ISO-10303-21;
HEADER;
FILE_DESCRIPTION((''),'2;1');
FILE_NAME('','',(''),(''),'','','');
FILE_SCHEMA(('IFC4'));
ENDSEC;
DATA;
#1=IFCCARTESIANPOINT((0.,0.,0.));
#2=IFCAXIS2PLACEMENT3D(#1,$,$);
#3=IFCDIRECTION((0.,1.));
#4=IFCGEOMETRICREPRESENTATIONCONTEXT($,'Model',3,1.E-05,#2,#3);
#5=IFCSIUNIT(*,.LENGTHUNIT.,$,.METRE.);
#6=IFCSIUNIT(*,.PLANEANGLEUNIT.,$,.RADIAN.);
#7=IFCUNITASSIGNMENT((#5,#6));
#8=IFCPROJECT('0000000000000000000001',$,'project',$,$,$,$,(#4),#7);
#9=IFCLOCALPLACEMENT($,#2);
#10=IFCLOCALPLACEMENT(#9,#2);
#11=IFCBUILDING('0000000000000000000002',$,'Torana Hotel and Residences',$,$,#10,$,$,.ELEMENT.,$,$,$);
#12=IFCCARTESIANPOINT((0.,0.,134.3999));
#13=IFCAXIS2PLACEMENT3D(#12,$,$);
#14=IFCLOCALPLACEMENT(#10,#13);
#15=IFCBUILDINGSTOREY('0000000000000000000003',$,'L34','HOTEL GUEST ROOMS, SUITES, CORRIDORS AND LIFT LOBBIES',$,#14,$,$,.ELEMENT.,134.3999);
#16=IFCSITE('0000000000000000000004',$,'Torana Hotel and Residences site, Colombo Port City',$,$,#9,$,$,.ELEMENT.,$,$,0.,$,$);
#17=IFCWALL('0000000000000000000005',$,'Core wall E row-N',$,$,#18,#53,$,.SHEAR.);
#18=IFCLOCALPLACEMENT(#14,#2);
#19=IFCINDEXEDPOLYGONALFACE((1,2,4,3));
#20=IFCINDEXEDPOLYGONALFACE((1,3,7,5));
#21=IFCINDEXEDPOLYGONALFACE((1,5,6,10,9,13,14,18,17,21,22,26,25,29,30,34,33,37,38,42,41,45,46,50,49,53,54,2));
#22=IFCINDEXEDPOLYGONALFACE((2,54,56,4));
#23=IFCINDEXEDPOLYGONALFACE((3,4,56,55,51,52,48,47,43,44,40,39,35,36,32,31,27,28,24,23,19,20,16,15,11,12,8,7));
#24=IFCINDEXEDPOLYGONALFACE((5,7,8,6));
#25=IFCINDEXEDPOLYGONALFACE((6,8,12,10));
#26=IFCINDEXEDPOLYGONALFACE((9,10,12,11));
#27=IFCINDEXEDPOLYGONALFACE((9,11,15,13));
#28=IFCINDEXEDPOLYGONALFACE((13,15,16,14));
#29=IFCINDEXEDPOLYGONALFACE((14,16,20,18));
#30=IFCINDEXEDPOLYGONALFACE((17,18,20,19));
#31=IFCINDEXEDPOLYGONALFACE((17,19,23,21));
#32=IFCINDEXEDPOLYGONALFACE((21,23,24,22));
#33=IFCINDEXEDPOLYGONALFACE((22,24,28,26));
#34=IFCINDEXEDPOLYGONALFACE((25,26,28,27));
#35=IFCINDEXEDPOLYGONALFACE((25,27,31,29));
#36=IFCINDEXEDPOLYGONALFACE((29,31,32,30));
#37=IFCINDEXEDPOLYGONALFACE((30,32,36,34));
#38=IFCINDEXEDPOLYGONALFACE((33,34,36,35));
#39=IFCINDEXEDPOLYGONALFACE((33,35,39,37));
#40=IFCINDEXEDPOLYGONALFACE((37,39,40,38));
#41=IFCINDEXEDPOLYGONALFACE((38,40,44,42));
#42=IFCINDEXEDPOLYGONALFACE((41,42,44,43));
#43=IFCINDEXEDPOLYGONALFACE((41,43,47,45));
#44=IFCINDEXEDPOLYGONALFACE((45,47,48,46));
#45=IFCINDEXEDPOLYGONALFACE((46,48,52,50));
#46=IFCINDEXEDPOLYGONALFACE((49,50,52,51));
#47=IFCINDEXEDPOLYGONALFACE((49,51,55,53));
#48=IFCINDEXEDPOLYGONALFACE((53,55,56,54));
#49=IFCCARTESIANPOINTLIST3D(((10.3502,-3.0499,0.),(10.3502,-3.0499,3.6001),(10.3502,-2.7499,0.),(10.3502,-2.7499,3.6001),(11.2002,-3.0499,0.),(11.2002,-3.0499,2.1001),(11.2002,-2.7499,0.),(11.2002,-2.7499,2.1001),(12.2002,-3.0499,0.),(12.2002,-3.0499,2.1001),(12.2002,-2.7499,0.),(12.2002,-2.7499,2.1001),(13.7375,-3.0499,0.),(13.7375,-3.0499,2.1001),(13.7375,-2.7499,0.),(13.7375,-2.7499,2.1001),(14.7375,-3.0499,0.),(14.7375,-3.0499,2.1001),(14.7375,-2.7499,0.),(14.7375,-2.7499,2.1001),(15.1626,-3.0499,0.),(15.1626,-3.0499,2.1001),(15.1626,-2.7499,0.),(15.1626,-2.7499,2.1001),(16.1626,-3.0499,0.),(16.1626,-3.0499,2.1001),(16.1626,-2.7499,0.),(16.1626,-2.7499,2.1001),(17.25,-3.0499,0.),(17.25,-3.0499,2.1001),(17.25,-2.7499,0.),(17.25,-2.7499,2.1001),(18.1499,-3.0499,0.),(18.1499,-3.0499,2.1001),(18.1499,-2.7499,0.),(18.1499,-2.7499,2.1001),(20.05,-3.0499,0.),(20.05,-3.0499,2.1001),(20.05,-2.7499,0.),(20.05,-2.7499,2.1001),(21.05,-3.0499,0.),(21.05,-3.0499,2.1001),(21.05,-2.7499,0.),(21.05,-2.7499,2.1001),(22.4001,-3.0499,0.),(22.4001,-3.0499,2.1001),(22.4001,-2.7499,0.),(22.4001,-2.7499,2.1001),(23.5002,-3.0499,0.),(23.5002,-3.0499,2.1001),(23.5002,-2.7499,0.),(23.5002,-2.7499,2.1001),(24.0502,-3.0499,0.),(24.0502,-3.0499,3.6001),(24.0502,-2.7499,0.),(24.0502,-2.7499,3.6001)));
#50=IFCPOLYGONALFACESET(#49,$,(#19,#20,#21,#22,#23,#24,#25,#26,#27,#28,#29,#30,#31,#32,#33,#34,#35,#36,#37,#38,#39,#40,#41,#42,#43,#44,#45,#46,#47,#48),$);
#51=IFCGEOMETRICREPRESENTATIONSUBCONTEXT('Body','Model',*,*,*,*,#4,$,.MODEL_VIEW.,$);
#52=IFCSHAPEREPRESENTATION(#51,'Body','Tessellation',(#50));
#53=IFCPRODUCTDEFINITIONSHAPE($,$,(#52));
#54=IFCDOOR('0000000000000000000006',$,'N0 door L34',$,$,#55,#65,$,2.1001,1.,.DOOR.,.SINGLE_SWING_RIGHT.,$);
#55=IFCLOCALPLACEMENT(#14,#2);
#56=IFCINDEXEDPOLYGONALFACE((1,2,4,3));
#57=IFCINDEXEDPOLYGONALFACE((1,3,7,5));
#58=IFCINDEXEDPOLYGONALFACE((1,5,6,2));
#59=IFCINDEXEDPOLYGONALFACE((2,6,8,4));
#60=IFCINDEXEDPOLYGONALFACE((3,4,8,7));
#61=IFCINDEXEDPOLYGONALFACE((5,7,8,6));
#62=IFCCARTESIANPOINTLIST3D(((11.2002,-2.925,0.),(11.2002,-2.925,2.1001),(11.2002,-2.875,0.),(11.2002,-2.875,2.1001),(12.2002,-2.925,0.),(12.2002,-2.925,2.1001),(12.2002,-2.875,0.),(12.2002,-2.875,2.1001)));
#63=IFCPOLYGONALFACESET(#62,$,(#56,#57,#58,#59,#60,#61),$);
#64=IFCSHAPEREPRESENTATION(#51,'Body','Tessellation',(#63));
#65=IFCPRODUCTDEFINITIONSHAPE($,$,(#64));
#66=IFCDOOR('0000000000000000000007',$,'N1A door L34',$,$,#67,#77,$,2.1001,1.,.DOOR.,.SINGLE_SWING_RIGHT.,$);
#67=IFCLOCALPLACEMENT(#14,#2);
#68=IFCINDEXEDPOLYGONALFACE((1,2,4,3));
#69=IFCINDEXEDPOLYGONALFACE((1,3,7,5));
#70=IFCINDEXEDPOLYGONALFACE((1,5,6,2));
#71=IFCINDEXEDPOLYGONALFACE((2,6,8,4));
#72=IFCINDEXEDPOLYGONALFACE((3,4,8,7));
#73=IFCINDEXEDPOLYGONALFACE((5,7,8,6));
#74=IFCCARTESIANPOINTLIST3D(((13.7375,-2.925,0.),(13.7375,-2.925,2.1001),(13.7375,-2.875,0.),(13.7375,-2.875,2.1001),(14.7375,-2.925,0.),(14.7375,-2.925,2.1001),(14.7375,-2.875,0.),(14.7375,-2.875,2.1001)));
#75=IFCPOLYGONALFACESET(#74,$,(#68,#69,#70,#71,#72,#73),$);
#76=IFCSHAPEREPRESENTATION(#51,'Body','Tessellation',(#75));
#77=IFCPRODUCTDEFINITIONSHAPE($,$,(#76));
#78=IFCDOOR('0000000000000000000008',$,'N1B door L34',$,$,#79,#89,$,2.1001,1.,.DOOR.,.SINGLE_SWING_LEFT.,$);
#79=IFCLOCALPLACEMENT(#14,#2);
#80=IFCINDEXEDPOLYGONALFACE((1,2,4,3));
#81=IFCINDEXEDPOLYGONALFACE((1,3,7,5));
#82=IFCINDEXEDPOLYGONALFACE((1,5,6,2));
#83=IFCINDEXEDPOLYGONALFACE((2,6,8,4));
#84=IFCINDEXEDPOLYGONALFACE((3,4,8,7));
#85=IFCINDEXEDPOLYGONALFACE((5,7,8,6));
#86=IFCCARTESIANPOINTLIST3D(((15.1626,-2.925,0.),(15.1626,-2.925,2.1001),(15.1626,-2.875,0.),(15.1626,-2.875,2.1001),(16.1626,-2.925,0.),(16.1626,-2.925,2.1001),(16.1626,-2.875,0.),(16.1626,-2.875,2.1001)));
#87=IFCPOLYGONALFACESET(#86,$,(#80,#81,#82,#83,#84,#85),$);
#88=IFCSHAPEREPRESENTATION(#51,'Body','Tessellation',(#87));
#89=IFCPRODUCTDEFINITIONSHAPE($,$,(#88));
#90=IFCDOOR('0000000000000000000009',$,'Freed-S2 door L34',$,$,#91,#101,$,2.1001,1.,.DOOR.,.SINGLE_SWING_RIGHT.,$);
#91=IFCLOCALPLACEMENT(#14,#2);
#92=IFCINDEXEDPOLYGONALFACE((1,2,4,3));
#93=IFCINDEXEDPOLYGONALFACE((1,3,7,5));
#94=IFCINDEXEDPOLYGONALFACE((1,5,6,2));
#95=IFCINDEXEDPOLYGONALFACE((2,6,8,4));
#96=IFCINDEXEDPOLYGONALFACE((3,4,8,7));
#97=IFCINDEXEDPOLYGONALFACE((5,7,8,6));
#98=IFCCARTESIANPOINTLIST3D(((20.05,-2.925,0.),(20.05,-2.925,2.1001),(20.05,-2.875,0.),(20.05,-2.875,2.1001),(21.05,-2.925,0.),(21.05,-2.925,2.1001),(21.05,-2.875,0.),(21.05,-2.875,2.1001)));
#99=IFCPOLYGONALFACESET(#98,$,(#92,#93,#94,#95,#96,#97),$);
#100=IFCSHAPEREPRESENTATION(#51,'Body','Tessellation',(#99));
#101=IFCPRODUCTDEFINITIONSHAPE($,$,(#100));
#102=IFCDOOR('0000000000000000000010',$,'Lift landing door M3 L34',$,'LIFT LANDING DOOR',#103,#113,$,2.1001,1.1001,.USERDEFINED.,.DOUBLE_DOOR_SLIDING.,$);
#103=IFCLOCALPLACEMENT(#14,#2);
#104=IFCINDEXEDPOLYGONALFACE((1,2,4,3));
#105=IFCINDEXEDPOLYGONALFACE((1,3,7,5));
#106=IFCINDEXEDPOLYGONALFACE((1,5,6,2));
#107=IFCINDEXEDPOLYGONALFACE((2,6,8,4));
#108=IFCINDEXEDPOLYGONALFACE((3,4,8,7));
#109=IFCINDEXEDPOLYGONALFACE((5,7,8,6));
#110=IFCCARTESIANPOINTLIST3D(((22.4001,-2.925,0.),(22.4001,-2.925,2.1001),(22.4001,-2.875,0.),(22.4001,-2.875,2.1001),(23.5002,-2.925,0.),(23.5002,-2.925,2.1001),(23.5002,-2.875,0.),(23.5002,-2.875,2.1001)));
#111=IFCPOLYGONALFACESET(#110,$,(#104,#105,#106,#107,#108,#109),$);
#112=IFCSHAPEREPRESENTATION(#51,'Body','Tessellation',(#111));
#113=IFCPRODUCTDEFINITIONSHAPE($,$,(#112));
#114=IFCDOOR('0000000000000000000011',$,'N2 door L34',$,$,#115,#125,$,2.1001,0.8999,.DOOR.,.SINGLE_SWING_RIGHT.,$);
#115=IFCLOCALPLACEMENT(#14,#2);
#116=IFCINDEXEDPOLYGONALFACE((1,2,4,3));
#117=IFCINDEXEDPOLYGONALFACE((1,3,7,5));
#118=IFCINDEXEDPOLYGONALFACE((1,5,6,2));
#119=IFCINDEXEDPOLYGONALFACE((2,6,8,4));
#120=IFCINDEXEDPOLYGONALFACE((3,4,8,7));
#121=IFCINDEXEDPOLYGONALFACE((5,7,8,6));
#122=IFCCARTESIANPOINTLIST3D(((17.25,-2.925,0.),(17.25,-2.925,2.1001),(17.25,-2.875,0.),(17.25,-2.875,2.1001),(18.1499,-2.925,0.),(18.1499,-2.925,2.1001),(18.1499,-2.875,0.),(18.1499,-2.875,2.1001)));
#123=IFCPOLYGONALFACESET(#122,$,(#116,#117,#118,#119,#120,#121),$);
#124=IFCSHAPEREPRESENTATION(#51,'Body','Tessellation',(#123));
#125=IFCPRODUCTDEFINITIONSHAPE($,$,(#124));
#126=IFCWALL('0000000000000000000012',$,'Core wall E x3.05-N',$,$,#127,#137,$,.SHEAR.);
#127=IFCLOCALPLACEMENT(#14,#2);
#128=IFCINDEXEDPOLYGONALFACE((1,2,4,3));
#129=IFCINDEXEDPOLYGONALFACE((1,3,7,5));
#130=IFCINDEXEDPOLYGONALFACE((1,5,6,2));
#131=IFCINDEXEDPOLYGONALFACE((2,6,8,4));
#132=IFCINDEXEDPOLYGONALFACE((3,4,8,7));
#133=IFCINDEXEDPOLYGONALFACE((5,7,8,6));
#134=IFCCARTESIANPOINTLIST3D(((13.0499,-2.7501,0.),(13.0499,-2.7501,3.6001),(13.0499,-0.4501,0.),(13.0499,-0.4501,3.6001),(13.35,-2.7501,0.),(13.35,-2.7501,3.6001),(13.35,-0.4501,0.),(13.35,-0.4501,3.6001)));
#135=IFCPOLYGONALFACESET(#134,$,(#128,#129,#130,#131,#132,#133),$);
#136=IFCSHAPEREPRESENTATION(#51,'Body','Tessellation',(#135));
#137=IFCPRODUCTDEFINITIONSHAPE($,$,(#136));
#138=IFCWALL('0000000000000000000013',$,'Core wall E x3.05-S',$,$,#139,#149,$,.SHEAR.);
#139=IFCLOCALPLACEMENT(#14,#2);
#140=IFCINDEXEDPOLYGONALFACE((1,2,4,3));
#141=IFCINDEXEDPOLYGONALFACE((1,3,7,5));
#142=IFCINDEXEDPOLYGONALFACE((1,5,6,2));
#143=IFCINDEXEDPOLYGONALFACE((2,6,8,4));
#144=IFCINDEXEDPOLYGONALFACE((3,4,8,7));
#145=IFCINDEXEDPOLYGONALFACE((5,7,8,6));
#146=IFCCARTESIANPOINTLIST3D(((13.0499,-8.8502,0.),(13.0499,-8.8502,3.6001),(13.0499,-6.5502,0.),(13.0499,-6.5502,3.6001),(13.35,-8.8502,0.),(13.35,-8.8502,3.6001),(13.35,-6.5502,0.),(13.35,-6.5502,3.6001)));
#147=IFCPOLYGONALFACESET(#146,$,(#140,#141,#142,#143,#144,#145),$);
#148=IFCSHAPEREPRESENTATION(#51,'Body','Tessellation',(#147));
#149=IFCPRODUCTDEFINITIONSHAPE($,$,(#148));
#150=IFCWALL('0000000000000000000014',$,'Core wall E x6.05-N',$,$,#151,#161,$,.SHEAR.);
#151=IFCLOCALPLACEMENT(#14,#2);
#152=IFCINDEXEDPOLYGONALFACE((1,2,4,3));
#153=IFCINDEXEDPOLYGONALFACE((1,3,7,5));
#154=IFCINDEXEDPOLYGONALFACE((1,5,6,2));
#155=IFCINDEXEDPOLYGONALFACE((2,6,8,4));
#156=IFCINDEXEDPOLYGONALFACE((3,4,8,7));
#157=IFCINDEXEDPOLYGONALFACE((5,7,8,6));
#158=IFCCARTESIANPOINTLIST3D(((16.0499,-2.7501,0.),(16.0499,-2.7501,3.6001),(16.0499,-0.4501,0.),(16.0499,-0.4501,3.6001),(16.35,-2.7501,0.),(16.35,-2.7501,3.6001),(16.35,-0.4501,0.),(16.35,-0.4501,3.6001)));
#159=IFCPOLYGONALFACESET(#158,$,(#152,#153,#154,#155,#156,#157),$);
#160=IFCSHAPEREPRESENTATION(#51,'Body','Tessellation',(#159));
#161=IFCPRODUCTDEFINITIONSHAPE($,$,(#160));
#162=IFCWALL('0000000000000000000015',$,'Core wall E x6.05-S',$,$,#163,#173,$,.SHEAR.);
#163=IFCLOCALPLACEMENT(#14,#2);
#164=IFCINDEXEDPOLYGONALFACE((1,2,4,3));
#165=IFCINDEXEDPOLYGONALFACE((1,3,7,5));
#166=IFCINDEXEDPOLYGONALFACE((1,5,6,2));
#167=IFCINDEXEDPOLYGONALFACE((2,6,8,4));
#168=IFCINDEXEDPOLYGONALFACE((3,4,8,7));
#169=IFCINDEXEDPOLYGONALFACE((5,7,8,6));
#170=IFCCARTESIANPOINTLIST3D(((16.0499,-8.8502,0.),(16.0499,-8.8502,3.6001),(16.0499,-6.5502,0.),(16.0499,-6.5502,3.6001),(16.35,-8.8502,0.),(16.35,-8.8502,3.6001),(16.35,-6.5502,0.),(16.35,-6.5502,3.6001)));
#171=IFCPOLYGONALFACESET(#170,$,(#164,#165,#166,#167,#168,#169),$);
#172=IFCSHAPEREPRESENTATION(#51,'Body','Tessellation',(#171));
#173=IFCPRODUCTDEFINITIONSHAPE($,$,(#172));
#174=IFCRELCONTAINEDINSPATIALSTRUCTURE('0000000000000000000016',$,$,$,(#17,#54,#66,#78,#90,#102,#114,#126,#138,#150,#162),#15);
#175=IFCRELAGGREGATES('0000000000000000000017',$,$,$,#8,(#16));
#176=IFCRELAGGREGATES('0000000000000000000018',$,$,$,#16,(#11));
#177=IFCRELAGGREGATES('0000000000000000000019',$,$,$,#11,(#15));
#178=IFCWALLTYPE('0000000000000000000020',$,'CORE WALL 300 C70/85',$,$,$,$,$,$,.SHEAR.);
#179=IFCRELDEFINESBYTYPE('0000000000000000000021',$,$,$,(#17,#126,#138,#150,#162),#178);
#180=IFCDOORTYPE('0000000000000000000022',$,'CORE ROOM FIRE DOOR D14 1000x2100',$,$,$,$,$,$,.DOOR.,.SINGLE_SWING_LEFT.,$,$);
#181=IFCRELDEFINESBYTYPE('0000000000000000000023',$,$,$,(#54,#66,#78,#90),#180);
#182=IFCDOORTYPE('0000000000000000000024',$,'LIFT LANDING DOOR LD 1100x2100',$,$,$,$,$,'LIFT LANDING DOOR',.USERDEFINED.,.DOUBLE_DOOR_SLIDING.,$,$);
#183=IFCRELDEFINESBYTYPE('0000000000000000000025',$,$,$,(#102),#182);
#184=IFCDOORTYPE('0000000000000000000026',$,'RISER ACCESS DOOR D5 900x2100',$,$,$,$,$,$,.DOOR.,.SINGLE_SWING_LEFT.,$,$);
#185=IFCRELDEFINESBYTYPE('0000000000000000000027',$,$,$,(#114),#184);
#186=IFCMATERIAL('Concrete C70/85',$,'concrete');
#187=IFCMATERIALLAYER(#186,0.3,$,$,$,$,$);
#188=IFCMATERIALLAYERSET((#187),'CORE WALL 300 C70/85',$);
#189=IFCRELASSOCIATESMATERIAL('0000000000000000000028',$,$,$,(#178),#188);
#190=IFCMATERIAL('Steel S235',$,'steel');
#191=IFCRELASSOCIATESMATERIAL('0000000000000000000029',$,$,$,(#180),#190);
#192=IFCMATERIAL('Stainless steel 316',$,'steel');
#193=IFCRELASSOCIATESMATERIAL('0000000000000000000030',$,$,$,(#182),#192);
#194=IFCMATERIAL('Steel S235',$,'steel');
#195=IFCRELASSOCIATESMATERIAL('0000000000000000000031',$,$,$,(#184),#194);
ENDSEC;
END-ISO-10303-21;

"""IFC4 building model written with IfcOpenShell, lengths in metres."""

from ifc_helpers import new_model, si_unit, direction, frame, frame_2d, origin, place, context, subcontext, project, spatial, rectangle, extrude, material, layer, layer_set, type_object, element, fill, save


model = new_model("IFC4")

# Units and contexts
model_context = context("Model", 3, precision=1e-05, world=origin(), true_north=direction((0.0, 1.0)))
body_context = subcontext(model_context, "Body", "Model", "MODEL_VIEW")
ifc_project = project(units=[si_unit("LENGTHUNIT", "METRE"), si_unit("PLANEANGLEUNIT", "RADIAN")], contexts=[model_context])

# Site, building, storey
site_placement = place(None, origin())
site = spatial("IfcSite", under=ifc_project, at=site_placement, Name="Torana Hotel and Residences site, Colombo Port City", CompositionType="ELEMENT", RefElevation=0.0)
building_placement = place(site_placement, origin())
building = spatial("IfcBuilding", under=site, at=building_placement, Name="Torana Hotel and Residences", CompositionType="ELEMENT")
storey_placement = place(building_placement, frame((0.0, 0.0, 134.3999)))
storey = spatial("IfcBuildingStorey", under=building, at=storey_placement, Name="L34", Description="HOTEL GUEST ROOMS, SUITES, CORRIDORS AND LIFT LOBBIES", CompositionType="ELEMENT", Elevation=134.3999)

# Wall, openings, doors
ifc_material_1 = material(Name="Concrete C70/85", Category="concrete")
ifc_layer_1 = layer(ifc_material_1, 0.3)
ifc_layer_set_1 = layer_set([ifc_layer_1], Name="CORE WALL 300 C70/85")
wall_type_1 = type_object("IfcWallType", Name="CORE WALL 300 C70/85", PredefinedType="SHEAR", material=ifc_layer_set_1)
wall_1_placement = place(storey_placement, frame((10.3501, -2.8999, 0.0), z_axis=(0.0, 0.0, 1.0), x_axis=(1.0, 0.0, 0.0)))
wall_1 = element("IfcWall", 1, at=wall_1_placement, inside=storey, type_object=wall_type_1, Name="Core wall E row-N", PredefinedType="SHEAR", context=body_context, shape_type="SweptSolid", body=[
    extrude(rectangle(XDim=13.7, YDim=0.3, at=frame_2d((6.8501, 0.0))), origin(), (0.0, 0.0, 1.0), 3.6001),
])
opening_1_placement = place(wall_1_placement, frame((12.05, 0.0, 0.0)))
opening_1 = element("IfcOpeningElement", 2, at=opening_1_placement, cuts=wall_1, PredefinedType="OPENING", context=body_context, shape_type="SweptSolid", body=[
    extrude(rectangle(XDim=1.1001, YDim=2.1001, at=frame_2d((0.55, 1.05))), frame((0.0, 0.1599, 0.0), z_axis=(0.0, -1.0, 0.0), x_axis=(1.0, 0.0, 0.0)), (0.0, 0.0, 1.0), 0.3201),
])
opening_2_placement = place(wall_1_placement, frame((6.8999, 0.0, 0.0)))
opening_2 = element("IfcOpeningElement", 3, at=opening_2_placement, cuts=wall_1, PredefinedType="OPENING", context=body_context, shape_type="SweptSolid", body=[
    extrude(rectangle(XDim=0.8999, YDim=2.1001, at=frame_2d((0.45, 1.05))), frame((0.0, 0.1599, 0.0), z_axis=(0.0, -1.0, 0.0), x_axis=(1.0, 0.0, 0.0)), (0.0, 0.0, 1.0), 0.3201),
])
opening_3_placement = place(wall_1_placement, frame((0.8501, 0.0, 0.0)))
opening_3 = element("IfcOpeningElement", 4, at=opening_3_placement, cuts=wall_1, PredefinedType="OPENING", context=body_context, shape_type="SweptSolid", body=[
    extrude(rectangle(XDim=1.0, YDim=2.1001, at=frame_2d((0.5, 1.05))), frame((0.0, 0.1599, 0.0), z_axis=(0.0, -1.0, 0.0), x_axis=(1.0, 0.0, 0.0)), (0.0, 0.0, 1.0), 0.3201),
])
opening_4_placement = place(wall_1_placement, frame((3.3875, 0.0, 0.0)))
opening_4 = element("IfcOpeningElement", 5, at=opening_4_placement, cuts=wall_1, PredefinedType="OPENING", context=body_context, shape_type="SweptSolid", body=[
    extrude(rectangle(XDim=1.0, YDim=2.1001, at=frame_2d((0.5, 1.05))), frame((0.0, 0.1599, 0.0), z_axis=(0.0, -1.0, 0.0), x_axis=(1.0, 0.0, 0.0)), (0.0, 0.0, 1.0), 0.3201),
])
opening_5_placement = place(wall_1_placement, frame((4.8125, 0.0, 0.0)))
opening_5 = element("IfcOpeningElement", 6, at=opening_5_placement, cuts=wall_1, PredefinedType="OPENING", context=body_context, shape_type="SweptSolid", body=[
    extrude(rectangle(XDim=1.0, YDim=2.1001, at=frame_2d((0.5, 1.05))), frame((0.0, 0.1599, 0.0), z_axis=(0.0, -1.0, 0.0), x_axis=(1.0, 0.0, 0.0)), (0.0, 0.0, 1.0), 0.3201),
])
opening_6_placement = place(wall_1_placement, frame((9.7, 0.0, 0.0)))
opening_6 = element("IfcOpeningElement", 7, at=opening_6_placement, cuts=wall_1, PredefinedType="OPENING", context=body_context, shape_type="SweptSolid", body=[
    extrude(rectangle(XDim=1.0, YDim=2.1001, at=frame_2d((0.5, 1.05))), frame((0.0, 0.1599, 0.0), z_axis=(0.0, -1.0, 0.0), x_axis=(1.0, 0.0, 0.0)), (0.0, 0.0, 1.0), 0.3201),
])
ifc_material_2 = material(Name="Steel S235", Category="steel")
door_type_1 = type_object("IfcDoorType", Name="CORE ROOM FIRE DOOR D14 1000x2100", OperationType="SINGLE_SWING_LEFT", PredefinedType="DOOR", material=ifc_material_2)
door_1_placement = place(opening_3_placement, origin())
door_1 = element("IfcDoor", 8, at=door_1_placement, inside=storey, type_object=door_type_1, Name="N0 door L34", OperationType="SINGLE_SWING_RIGHT", OverallHeight=2.1001, OverallWidth=1.0, PredefinedType="DOOR", context=body_context, shape_type="SweptSolid", body=[
    extrude(rectangle(XDim=1.0, YDim=2.1001, at=frame_2d((0.5, 1.05))), frame((0.0, 0.0249, 0.0), z_axis=(0.0, -1.0, 0.0), x_axis=(1.0, 0.0, 0.0)), (0.0, 0.0, 1.0), 0.05),
])
fill(opening_3, door_1)
door_2_placement = place(opening_4_placement, origin())
door_2 = element("IfcDoor", 9, at=door_2_placement, inside=storey, type_object=door_type_1, Name="N1A door L34", OperationType="SINGLE_SWING_RIGHT", OverallHeight=2.1001, OverallWidth=1.0, PredefinedType="DOOR", context=body_context, shape_type="SweptSolid", body=[
    extrude(rectangle(XDim=1.0, YDim=2.1001, at=frame_2d((0.5, 1.05))), frame((0.0, 0.0249, 0.0), z_axis=(0.0, -1.0, 0.0), x_axis=(1.0, 0.0, 0.0)), (0.0, 0.0, 1.0), 0.05),
])
fill(opening_4, door_2)
door_3_placement = place(opening_5_placement, origin())
door_3 = element("IfcDoor", 10, at=door_3_placement, inside=storey, type_object=door_type_1, Name="N1B door L34", OperationType="SINGLE_SWING_LEFT", OverallHeight=2.1001, OverallWidth=1.0, PredefinedType="DOOR", context=body_context, shape_type="SweptSolid", body=[
    extrude(rectangle(XDim=1.0, YDim=2.1001, at=frame_2d((0.5, 1.05))), frame((0.0, 0.0249, 0.0), z_axis=(0.0, -1.0, 0.0), x_axis=(1.0, 0.0, 0.0)), (0.0, 0.0, 1.0), 0.05),
])
fill(opening_5, door_3)
door_4_placement = place(opening_6_placement, origin())
door_4 = element("IfcDoor", 11, at=door_4_placement, inside=storey, type_object=door_type_1, Name="Freed-S2 door L34", OperationType="SINGLE_SWING_RIGHT", OverallHeight=2.1001, OverallWidth=1.0, PredefinedType="DOOR", context=body_context, shape_type="SweptSolid", body=[
    extrude(rectangle(XDim=1.0, YDim=2.1001, at=frame_2d((0.5, 1.05))), frame((0.0, 0.0249, 0.0), z_axis=(0.0, -1.0, 0.0), x_axis=(1.0, 0.0, 0.0)), (0.0, 0.0, 1.0), 0.05),
])
fill(opening_6, door_4)
ifc_material_3 = material(Name="Stainless steel 316", Category="steel")
door_type_2 = type_object("IfcDoorType", Name="LIFT LANDING DOOR LD 1100x2100", ElementType="LIFT LANDING DOOR", OperationType="DOUBLE_DOOR_SLIDING", PredefinedType="USERDEFINED", material=ifc_material_3)
door_5_placement = place(opening_1_placement, origin())
door_5 = element("IfcDoor", 12, at=door_5_placement, inside=storey, type_object=door_type_2, Name="Lift landing door M3 L34", ObjectType="LIFT LANDING DOOR", OperationType="DOUBLE_DOOR_SLIDING", OverallHeight=2.1001, OverallWidth=1.1001, PredefinedType="USERDEFINED", context=body_context, shape_type="SweptSolid", body=[
    extrude(rectangle(XDim=1.1001, YDim=2.1001, at=frame_2d((0.55, 1.05))), frame((0.0, 0.0249, 0.0), z_axis=(0.0, -1.0, 0.0), x_axis=(1.0, 0.0, 0.0)), (0.0, 0.0, 1.0), 0.05),
])
fill(opening_1, door_5)
ifc_material_4 = material(Name="Steel S235", Category="steel")
door_type_3 = type_object("IfcDoorType", Name="RISER ACCESS DOOR D5 900x2100", OperationType="SINGLE_SWING_LEFT", PredefinedType="DOOR", material=ifc_material_4)
door_6_placement = place(opening_2_placement, origin())
door_6 = element("IfcDoor", 13, at=door_6_placement, inside=storey, type_object=door_type_3, Name="N2 door L34", OperationType="SINGLE_SWING_RIGHT", OverallHeight=2.1001, OverallWidth=0.8999, PredefinedType="DOOR", context=body_context, shape_type="SweptSolid", body=[
    extrude(rectangle(XDim=0.8999, YDim=2.1001, at=frame_2d((0.45, 1.05))), frame((0.0, 0.0249, 0.0), z_axis=(0.0, -1.0, 0.0), x_axis=(1.0, 0.0, 0.0)), (0.0, 0.0, 1.0), 0.05),
])
fill(opening_2, door_6)

# Walls
for number, where, z_axis, x_axis, name in (
    (14, (13.2, -2.75, 0.0), (0.0, 0.0, 1.0), (0.0, 1.0, 0.0), "Core wall E x3.05-N"),
    (15, (13.2, -8.8501, 0.0), (0.0, 0.0, 1.0), (0.0, 1.0, 0.0), "Core wall E x3.05-S"),
    (16, (16.2, -2.75, 0.0), (0.0, 0.0, 1.0), (0.0, 1.0, 0.0), "Core wall E x6.05-N"),
    (17, (16.2, -8.8501, 0.0), (0.0, 0.0, 1.0), (0.0, 1.0, 0.0), "Core wall E x6.05-S"),
):
    element("IfcWall", number, at=place(storey_placement, frame(where, z_axis=z_axis, x_axis=x_axis)), inside=storey, type_object=wall_type_1, Name=name, PredefinedType="SHEAR", context=body_context, shape_type="SweptSolid", body=[
        extrude(rectangle(XDim=2.3, YDim=0.3, at=frame_2d((1.1499, 0.0))), origin(), (0.0, 0.0, 1.0), 3.6001),
    ])

save(model, "model.ifc")
